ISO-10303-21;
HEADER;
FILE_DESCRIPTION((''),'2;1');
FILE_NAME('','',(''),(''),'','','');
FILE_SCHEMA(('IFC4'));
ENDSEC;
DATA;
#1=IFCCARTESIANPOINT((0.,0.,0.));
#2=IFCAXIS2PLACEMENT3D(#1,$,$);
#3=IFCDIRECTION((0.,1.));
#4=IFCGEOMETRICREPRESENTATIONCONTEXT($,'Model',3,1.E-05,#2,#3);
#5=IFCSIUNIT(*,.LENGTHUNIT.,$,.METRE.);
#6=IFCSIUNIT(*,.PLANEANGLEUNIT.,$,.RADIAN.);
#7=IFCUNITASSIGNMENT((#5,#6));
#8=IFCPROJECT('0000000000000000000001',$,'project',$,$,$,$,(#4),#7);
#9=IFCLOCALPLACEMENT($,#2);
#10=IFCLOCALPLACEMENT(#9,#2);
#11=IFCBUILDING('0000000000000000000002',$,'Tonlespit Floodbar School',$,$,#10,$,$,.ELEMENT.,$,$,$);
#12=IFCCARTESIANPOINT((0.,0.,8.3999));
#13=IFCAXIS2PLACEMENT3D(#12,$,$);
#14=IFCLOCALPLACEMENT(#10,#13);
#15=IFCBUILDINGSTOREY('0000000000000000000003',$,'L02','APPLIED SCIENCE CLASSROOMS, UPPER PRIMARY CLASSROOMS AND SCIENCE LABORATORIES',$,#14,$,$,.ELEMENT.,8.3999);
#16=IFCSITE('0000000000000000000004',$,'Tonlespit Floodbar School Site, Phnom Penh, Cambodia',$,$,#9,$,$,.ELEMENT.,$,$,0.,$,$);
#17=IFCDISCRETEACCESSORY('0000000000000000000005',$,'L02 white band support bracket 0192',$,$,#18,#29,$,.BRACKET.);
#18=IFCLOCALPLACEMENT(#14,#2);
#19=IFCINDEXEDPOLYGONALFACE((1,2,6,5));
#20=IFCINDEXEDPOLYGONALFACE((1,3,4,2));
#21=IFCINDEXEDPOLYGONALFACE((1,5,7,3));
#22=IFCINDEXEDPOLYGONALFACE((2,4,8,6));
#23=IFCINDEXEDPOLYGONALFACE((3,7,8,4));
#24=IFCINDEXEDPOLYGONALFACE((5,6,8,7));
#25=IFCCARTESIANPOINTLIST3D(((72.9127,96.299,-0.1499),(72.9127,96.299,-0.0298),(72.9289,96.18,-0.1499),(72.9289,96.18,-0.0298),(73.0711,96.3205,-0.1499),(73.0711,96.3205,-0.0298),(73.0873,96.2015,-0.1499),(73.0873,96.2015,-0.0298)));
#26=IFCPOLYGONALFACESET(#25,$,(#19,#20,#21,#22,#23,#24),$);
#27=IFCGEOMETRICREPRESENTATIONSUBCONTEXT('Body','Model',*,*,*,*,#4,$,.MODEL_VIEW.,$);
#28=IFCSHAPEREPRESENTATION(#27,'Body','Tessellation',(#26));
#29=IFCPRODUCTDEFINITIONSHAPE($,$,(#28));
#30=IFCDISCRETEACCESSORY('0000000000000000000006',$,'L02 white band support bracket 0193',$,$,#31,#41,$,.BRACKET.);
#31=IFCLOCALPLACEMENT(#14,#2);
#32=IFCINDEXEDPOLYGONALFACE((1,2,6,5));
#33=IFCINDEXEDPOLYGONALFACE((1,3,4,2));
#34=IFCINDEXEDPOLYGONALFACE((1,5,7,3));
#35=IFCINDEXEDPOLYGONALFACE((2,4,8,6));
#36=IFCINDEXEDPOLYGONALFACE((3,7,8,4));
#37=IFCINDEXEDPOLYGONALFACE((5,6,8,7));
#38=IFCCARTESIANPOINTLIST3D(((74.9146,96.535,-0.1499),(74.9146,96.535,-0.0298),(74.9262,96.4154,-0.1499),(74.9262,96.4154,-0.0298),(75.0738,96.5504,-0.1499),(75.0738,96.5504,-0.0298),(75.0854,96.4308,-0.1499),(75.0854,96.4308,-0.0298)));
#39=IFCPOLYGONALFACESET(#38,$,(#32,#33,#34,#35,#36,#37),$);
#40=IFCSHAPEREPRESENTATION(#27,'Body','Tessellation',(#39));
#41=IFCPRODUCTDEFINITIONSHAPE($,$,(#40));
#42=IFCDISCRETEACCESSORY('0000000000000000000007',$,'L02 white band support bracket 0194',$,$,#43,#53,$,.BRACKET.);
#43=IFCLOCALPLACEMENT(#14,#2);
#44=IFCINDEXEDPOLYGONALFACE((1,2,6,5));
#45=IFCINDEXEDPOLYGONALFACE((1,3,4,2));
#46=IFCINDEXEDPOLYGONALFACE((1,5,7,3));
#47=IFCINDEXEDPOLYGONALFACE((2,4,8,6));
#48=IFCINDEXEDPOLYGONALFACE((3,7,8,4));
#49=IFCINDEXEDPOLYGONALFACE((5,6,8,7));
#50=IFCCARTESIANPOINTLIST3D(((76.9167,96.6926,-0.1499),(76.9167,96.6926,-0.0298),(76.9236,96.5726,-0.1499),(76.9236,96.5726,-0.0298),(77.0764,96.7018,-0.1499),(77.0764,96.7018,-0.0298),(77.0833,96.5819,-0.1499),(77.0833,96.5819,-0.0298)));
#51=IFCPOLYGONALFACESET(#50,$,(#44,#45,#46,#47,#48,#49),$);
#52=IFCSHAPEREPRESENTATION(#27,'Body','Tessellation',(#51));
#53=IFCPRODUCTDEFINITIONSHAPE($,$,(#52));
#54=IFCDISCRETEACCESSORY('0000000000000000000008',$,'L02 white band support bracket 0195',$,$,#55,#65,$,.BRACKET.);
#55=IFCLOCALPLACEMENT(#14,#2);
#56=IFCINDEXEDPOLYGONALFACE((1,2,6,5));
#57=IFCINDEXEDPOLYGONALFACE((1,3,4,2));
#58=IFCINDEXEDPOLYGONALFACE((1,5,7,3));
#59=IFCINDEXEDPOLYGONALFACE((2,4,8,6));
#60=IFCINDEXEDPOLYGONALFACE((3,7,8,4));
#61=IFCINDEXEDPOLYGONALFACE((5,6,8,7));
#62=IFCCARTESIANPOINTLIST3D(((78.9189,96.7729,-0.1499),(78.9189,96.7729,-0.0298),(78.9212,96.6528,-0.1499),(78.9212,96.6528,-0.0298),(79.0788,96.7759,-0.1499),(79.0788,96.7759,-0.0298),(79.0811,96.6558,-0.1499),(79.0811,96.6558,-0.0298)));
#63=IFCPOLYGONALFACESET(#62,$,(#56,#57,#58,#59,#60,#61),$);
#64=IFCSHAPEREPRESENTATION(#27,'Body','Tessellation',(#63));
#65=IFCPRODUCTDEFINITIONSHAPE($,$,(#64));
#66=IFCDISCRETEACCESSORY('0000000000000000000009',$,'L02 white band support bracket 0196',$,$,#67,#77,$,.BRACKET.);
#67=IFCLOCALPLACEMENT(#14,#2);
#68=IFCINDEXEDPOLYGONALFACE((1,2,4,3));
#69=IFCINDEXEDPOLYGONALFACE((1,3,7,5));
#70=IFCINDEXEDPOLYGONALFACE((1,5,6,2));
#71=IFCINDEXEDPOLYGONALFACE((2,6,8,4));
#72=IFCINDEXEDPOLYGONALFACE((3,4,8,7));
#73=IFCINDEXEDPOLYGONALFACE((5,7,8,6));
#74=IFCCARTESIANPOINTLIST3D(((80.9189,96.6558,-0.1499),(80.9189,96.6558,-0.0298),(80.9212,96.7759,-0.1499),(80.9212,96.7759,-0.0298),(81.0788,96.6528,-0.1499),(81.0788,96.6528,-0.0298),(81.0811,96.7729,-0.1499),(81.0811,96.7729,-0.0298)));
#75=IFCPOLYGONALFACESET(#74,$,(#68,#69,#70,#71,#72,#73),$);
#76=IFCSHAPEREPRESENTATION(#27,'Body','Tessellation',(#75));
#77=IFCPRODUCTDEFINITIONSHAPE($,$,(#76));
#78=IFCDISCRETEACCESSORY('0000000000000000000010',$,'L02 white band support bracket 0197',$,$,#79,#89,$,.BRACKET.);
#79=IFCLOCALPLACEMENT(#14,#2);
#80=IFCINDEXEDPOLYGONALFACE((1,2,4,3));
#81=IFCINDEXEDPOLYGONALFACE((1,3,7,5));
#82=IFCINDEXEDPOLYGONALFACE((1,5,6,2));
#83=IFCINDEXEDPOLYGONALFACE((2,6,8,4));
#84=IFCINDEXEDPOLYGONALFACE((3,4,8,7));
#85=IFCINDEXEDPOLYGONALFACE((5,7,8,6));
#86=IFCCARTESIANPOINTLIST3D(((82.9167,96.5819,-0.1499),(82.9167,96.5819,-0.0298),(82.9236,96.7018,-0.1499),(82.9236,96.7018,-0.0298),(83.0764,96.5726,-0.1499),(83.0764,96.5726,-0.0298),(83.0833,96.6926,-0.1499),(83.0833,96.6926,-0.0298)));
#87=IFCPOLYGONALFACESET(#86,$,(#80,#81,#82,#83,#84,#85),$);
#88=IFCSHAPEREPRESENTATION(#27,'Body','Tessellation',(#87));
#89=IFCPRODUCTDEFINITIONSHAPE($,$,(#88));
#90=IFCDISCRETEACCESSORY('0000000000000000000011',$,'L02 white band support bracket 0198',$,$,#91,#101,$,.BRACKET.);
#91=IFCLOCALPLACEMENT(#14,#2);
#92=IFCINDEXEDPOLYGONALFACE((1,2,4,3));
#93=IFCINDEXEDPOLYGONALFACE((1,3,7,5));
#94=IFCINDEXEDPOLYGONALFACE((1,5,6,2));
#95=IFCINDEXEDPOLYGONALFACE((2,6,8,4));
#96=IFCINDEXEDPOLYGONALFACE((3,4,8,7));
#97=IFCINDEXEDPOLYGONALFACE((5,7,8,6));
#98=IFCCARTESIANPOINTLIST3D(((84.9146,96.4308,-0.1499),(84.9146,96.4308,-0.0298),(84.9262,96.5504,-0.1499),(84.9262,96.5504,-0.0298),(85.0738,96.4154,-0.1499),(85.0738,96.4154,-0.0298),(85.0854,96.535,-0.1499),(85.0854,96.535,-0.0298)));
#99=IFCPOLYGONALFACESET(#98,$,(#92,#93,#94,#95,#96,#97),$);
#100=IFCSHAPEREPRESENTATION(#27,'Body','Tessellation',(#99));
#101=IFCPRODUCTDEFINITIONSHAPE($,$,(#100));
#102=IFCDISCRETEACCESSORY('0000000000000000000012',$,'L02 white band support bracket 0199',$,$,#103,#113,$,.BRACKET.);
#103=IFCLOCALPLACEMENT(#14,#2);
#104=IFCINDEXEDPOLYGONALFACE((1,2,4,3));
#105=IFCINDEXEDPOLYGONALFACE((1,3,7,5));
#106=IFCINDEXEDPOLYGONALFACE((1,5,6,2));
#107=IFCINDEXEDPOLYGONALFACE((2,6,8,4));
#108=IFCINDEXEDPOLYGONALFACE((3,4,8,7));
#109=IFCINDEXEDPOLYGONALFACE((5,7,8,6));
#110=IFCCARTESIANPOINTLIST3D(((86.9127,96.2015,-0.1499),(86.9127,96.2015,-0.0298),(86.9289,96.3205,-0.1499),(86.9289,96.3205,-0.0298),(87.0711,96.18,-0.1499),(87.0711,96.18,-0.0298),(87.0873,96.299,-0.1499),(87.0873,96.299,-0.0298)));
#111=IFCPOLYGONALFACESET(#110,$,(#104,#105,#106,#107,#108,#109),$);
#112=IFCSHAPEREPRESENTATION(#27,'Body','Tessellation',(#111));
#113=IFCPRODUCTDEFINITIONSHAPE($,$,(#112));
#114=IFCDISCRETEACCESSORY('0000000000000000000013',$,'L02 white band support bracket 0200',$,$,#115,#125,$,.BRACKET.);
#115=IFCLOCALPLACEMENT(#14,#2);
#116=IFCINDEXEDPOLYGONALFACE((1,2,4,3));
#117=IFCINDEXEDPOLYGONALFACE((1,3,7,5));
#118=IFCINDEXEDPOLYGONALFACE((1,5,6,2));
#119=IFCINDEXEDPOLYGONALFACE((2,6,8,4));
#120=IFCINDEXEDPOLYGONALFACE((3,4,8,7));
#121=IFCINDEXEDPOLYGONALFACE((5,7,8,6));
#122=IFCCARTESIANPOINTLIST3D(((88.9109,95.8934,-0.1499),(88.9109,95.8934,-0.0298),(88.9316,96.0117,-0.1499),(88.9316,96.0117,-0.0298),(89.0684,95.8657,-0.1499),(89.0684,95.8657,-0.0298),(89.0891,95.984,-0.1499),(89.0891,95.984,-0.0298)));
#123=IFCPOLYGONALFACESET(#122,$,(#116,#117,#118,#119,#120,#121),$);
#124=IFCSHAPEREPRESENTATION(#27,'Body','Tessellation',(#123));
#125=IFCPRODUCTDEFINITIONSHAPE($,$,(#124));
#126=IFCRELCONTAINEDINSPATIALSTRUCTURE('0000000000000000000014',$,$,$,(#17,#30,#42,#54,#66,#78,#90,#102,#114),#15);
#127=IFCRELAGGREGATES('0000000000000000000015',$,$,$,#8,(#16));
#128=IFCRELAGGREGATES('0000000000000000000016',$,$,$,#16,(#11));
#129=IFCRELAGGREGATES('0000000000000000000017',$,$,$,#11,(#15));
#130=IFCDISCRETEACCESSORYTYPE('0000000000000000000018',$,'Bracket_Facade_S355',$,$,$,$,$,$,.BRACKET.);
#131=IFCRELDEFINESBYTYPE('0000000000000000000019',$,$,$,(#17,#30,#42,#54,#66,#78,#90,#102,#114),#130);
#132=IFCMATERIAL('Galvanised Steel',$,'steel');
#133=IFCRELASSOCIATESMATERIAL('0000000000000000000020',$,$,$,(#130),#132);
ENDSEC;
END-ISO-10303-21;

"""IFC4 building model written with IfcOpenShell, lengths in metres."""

from ifc_helpers import new_model, si_unit, direction, frame, origin, origin_2d, place, context, subcontext, project, spatial, rectangle, extrude, material, type_object, element, save


model = new_model("IFC4")

# Units and contexts
model_context = context("Model", 3, precision=1e-05, world=origin(), true_north=direction((0.0, 1.0)))
body_context = subcontext(model_context, "Body", "Model", "MODEL_VIEW")
ifc_project = project(units=[si_unit("LENGTHUNIT", "METRE"), si_unit("PLANEANGLEUNIT", "RADIAN")], contexts=[model_context])

# Site, building, storey
site_placement = place(None, origin())
site = spatial("IfcSite", under=ifc_project, at=site_placement, Name="Tonlespit Floodbar School Site, Phnom Penh, Cambodia", CompositionType="ELEMENT", RefElevation=0.0)
building_placement = place(site_placement, origin())
building = spatial("IfcBuilding", under=site, at=building_placement, Name="Tonlespit Floodbar School", CompositionType="ELEMENT")
storey_placement = place(building_placement, frame((0.0, 0.0, 8.3999)))
storey = spatial("IfcBuildingStorey", under=building, at=storey_placement, Name="L02", Description="APPLIED SCIENCE CLASSROOMS, UPPER PRIMARY CLASSROOMS AND SCIENCE LABORATORIES", CompositionType="ELEMENT", Elevation=8.3999)

# Shared definitions
ifc_material_1 = material(Name="Galvanised Steel", Category="steel")

# Discrete accessories
discrete_accessory_type = type_object("IfcDiscreteAccessoryType", Name="Bracket_Facade_S355", PredefinedType="BRACKET", material=ifc_material_1)
for number, where, z_axis, x_axis, name in (
    (1, (73.0, 96.2502, -0.1499), (0.0, 0.0, 1.0), (0.990898, 0.134614, 0.0), "L02 white band support bracket 0192"),
    (2, (75.0, 96.4829, -0.1499), (0.0, 0.0, 1.0), (0.995362, 0.096202, 0.0), "L02 white band support bracket 0193"),
    (3, (77.0, 96.6372, -0.1499), (0.0, 0.0, 1.0), (0.998334, 0.057703, 0.0), "L02 white band support bracket 0194"),
    (4, (79.0, 96.7144, -0.1499), (0.0, 0.0, 1.0), (0.999815, 0.019246, 0.0), "L02 white band support bracket 0195"),
    (5, (81.0, 96.7144, -0.1499), (0.0, 0.0, 1.0), (0.999815, -0.019246, 0.0), "L02 white band support bracket 0196"),
    (6, (83.0, 96.6372, -0.1499), (0.0, 0.0, 1.0), (0.998334, -0.057703, 0.0), "L02 white band support bracket 0197"),
    (7, (85.0, 96.4829, -0.1499), (0.0, 0.0, 1.0), (0.995362, -0.096202, 0.0), "L02 white band support bracket 0198"),
    (8, (87.0, 96.2502, -0.1499), (0.0, 0.0, 1.0), (0.990898, -0.134614, 0.0), "L02 white band support bracket 0199"),
    (9, (89.0, 95.9387, -0.1499), (0.0, 0.0, 1.0), (0.984905, -0.173096, 0.0), "L02 white band support bracket 0200"),
):
    element("IfcDiscreteAccessory", number, at=place(storey_placement, frame(where, z_axis=z_axis, x_axis=x_axis)), inside=storey, type_object=discrete_accessory_type, Name=name, PredefinedType="BRACKET", context=body_context, shape_type="SweptSolid", body=[
        extrude(rectangle(XDim=0.1599, YDim=0.1201, at=origin_2d()), origin(), (0.0, 0.0, 1.0), 0.1201),
    ])

save(model, "model.ifc")
